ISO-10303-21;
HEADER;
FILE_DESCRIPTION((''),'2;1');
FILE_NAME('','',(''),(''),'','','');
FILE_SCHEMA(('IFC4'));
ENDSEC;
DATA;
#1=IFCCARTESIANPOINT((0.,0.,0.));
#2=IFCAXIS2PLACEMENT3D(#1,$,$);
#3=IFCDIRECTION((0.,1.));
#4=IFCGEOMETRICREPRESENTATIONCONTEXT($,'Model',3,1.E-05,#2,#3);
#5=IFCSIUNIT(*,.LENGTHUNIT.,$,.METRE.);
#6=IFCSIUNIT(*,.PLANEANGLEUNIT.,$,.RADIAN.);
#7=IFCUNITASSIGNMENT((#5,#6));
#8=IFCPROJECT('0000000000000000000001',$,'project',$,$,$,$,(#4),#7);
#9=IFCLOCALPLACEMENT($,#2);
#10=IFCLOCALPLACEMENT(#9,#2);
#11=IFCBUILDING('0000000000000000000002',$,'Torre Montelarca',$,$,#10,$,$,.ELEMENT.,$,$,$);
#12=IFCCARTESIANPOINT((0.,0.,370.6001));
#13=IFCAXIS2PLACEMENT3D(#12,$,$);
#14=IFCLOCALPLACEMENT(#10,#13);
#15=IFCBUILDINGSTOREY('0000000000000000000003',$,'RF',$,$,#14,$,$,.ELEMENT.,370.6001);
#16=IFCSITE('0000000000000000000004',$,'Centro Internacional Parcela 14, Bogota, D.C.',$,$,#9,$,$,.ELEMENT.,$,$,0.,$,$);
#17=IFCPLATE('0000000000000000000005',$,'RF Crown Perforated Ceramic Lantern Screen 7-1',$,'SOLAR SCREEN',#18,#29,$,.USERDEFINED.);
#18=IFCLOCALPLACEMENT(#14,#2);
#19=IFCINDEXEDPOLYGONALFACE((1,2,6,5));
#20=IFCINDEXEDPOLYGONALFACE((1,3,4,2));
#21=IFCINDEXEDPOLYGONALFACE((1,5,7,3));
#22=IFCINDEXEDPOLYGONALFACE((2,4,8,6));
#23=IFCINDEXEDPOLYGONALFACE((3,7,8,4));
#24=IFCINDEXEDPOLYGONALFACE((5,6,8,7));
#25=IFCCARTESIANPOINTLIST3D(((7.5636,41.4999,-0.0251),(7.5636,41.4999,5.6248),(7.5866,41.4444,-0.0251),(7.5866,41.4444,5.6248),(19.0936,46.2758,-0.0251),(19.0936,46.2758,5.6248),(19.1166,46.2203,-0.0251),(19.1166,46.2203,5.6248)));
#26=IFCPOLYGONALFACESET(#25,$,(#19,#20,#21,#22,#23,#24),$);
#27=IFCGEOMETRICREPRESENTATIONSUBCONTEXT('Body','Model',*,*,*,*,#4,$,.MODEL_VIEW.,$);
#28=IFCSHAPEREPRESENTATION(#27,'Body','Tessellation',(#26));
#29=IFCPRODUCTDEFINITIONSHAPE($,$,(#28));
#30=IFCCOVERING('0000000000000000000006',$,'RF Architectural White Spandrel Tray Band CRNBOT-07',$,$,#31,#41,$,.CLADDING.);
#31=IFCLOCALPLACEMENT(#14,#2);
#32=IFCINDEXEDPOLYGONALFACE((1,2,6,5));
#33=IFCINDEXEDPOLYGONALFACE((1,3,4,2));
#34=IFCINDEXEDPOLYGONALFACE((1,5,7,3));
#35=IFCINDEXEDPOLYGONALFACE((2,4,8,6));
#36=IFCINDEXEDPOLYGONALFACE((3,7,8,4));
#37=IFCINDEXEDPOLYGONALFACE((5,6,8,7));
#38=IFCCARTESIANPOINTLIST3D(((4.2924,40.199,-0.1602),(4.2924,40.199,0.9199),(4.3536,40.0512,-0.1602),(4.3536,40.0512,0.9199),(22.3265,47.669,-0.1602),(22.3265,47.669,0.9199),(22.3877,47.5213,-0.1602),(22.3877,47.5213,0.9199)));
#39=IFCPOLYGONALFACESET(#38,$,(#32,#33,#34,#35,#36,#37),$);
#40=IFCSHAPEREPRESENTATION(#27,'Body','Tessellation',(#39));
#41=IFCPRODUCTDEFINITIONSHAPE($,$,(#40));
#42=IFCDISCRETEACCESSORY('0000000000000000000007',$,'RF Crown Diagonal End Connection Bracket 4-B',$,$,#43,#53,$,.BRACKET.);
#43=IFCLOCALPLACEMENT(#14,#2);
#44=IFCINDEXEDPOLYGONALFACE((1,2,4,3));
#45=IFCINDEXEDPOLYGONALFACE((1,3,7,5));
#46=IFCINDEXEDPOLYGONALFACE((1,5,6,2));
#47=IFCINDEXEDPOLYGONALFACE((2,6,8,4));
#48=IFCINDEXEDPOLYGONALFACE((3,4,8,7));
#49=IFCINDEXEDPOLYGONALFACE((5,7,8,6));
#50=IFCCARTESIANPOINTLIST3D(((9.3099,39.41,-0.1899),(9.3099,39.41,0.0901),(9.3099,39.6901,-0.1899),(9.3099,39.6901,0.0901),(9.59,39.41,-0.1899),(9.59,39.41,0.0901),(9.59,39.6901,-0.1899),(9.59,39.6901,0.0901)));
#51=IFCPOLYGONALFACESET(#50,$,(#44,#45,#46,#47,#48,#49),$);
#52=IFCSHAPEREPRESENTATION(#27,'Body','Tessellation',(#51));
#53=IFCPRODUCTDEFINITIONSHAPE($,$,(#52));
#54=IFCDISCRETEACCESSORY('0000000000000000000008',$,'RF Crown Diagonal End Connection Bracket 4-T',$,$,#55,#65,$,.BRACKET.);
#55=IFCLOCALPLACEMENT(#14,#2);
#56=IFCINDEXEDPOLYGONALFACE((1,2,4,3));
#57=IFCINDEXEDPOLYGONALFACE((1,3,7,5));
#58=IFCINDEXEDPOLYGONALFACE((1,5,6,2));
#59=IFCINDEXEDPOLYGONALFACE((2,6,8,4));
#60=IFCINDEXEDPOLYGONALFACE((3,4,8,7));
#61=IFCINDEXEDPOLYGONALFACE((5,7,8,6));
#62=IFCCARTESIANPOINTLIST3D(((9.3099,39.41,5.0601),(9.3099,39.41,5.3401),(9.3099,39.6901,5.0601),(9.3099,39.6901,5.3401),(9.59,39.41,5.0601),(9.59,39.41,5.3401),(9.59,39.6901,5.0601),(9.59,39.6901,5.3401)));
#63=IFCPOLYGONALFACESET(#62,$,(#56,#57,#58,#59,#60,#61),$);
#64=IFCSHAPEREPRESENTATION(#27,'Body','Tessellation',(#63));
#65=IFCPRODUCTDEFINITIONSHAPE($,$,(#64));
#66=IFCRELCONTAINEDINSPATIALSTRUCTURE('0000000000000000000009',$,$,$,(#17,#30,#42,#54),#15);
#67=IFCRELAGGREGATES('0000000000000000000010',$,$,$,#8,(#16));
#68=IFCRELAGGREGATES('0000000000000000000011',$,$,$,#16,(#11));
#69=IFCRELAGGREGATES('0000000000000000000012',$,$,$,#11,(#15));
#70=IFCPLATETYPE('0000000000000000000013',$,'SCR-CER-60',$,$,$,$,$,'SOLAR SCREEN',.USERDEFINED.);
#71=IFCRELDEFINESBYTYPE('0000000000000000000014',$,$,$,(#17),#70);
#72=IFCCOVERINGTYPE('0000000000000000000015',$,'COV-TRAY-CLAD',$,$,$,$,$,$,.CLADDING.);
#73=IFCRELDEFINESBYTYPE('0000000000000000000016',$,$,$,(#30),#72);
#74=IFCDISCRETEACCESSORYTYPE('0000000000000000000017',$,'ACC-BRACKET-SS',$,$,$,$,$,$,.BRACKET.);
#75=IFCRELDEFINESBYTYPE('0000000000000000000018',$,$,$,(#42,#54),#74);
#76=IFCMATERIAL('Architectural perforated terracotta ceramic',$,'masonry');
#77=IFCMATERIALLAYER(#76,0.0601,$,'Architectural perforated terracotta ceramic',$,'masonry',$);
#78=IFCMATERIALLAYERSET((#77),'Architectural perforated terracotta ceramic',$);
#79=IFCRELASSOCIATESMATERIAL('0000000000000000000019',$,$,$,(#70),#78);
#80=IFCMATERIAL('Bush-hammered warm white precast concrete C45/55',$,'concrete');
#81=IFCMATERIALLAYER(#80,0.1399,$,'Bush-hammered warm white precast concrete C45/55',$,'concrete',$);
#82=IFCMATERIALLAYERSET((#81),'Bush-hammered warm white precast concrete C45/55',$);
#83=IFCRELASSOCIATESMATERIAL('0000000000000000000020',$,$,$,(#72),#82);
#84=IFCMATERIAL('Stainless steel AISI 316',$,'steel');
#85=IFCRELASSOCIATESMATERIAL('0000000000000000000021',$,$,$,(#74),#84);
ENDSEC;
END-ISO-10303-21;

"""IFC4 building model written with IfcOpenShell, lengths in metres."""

from ifc_helpers import new_model, si_unit, direction, frame, origin, origin_2d, place, context, subcontext, project, spatial, rectangle, extrude, source, transform, mapped, material, layer, layer_set, type_object, element, save


model = new_model("IFC4")

# Units and contexts
model_context = context("Model", 3, precision=1e-05, world=origin(), true_north=direction((0.0, 1.0)))
body_context = subcontext(model_context, "Body", "Model", "MODEL_VIEW")
ifc_project = project(units=[si_unit("LENGTHUNIT", "METRE"), si_unit("PLANEANGLEUNIT", "RADIAN")], contexts=[model_context])

# Site, building, storey
site_placement = place(None, origin())
site = spatial("IfcSite", under=ifc_project, at=site_placement, Name="Centro Internacional Parcela 14, Bogota, D.C.", CompositionType="ELEMENT", RefElevation=0.0)
building_placement = place(site_placement, origin())
building = spatial("IfcBuilding", under=site, at=building_placement, Name="Torre Montelarca", CompositionType="ELEMENT")
storey_placement = place(building_placement, frame((0.0, 0.0, 370.6001)))
storey = spatial("IfcBuildingStorey", under=building, at=storey_placement, Name="RF", CompositionType="ELEMENT", Elevation=370.6001)

# Plate
ifc_material_1 = material(Name="Architectural perforated terracotta ceramic", Category="masonry")
ifc_layer_1 = layer(ifc_material_1, 0.0601, Name="Architectural perforated terracotta ceramic", Category="masonry")
ifc_layer_set_1 = layer_set([ifc_layer_1], Name="Architectural perforated terracotta ceramic")
plate_type_1 = type_object("IfcPlateType", Name="SCR-CER-60", ElementType="SOLAR SCREEN", PredefinedType="USERDEFINED", material=ifc_layer_set_1)
shared_shape_1 = source(origin(), body_context, "Body", "SweptSolid", [
    extrude(rectangle(XDim=12.48, YDim=0.0601, at=origin_2d()), origin(), (0.0, 0.0, 1.0), 5.6499),
])
plate_1_placement = place(storey_placement, frame((13.3401, 43.8601, -0.0251), z_axis=(0.0, 0.0, 1.0), x_axis=(-0.923878, -0.382687, 0.0)))
element("IfcPlate", 1, at=plate_1_placement, inside=storey, type_object=plate_type_1, Name="RF Crown Perforated Ceramic Lantern Screen 7-1", ObjectType="SOLAR SCREEN", PredefinedType="USERDEFINED", context=body_context, shape_type="MappedRepresentation", body=[
    mapped(shared_shape_1, transform((0.0, 0.0, 0.0), scale=1.0)),
])

# Covering
ifc_material_2 = material(Name="Bush-hammered warm white precast concrete C45/55", Category="concrete")
ifc_layer_2 = layer(ifc_material_2, 0.1399, Name="Bush-hammered warm white precast concrete C45/55", Category="concrete")
ifc_layer_set_2 = layer_set([ifc_layer_2], Name="Bush-hammered warm white precast concrete C45/55")
covering_type = type_object("IfcCoveringType", Name="COV-TRAY-CLAD", PredefinedType="CLADDING", material=ifc_layer_set_2)
shared_shape_2 = source(origin(), body_context, "Body", "SweptSolid", [
    extrude(rectangle(XDim=19.52, YDim=0.1599, at=origin_2d()), origin(), (0.0, 0.0, 1.0), 1.0801),
])
covering_placement = place(storey_placement, frame((13.3401, 43.8601, -0.1602), z_axis=(0.0, 0.0, 1.0), x_axis=(-0.923878, -0.382687, 0.0)))
element("IfcCovering", 2, at=covering_placement, inside=storey, type_object=covering_type, Name="RF Architectural White Spandrel Tray Band CRNBOT-07", PredefinedType="CLADDING", context=body_context, shape_type="MappedRepresentation", body=[
    mapped(shared_shape_2, transform((0.0, 0.0, 0.0), scale=1.0)),
])

# Discrete accessories
ifc_material_3 = material(Name="Stainless steel AISI 316", Category="steel")
discrete_accessory_type = type_object("IfcDiscreteAccessoryType", Name="ACC-BRACKET-SS", PredefinedType="BRACKET", material=ifc_material_3)
shared_shape_3 = source(origin(), body_context, "Body", "SweptSolid", [
    extrude(rectangle(XDim=0.28, YDim=0.28, at=origin_2d()), origin(), (0.0, 0.0, 1.0), 0.28),
])
for number, where, z_axis, x_axis, name in (
    (3, (9.45, 39.55, -0.1899), (0.0, 0.0, 1.0), (1.0, 0.0, 0.0), "RF Crown Diagonal End Connection Bracket 4-B"),
    (4, (9.45, 39.55, 5.0601), (0.0, 0.0, 1.0), (1.0, 0.0, 0.0), "RF Crown Diagonal End Connection Bracket 4-T"),
):
    element("IfcDiscreteAccessory", number, at=place(storey_placement, frame(where, z_axis=z_axis, x_axis=x_axis)), inside=storey, type_object=discrete_accessory_type, Name=name, PredefinedType="BRACKET", context=body_context, shape_type="MappedRepresentation", body=[
        mapped(shared_shape_3, transform((0.0, 0.0, 0.0), scale=1.0)),
    ])

save(model, "model.ifc")
